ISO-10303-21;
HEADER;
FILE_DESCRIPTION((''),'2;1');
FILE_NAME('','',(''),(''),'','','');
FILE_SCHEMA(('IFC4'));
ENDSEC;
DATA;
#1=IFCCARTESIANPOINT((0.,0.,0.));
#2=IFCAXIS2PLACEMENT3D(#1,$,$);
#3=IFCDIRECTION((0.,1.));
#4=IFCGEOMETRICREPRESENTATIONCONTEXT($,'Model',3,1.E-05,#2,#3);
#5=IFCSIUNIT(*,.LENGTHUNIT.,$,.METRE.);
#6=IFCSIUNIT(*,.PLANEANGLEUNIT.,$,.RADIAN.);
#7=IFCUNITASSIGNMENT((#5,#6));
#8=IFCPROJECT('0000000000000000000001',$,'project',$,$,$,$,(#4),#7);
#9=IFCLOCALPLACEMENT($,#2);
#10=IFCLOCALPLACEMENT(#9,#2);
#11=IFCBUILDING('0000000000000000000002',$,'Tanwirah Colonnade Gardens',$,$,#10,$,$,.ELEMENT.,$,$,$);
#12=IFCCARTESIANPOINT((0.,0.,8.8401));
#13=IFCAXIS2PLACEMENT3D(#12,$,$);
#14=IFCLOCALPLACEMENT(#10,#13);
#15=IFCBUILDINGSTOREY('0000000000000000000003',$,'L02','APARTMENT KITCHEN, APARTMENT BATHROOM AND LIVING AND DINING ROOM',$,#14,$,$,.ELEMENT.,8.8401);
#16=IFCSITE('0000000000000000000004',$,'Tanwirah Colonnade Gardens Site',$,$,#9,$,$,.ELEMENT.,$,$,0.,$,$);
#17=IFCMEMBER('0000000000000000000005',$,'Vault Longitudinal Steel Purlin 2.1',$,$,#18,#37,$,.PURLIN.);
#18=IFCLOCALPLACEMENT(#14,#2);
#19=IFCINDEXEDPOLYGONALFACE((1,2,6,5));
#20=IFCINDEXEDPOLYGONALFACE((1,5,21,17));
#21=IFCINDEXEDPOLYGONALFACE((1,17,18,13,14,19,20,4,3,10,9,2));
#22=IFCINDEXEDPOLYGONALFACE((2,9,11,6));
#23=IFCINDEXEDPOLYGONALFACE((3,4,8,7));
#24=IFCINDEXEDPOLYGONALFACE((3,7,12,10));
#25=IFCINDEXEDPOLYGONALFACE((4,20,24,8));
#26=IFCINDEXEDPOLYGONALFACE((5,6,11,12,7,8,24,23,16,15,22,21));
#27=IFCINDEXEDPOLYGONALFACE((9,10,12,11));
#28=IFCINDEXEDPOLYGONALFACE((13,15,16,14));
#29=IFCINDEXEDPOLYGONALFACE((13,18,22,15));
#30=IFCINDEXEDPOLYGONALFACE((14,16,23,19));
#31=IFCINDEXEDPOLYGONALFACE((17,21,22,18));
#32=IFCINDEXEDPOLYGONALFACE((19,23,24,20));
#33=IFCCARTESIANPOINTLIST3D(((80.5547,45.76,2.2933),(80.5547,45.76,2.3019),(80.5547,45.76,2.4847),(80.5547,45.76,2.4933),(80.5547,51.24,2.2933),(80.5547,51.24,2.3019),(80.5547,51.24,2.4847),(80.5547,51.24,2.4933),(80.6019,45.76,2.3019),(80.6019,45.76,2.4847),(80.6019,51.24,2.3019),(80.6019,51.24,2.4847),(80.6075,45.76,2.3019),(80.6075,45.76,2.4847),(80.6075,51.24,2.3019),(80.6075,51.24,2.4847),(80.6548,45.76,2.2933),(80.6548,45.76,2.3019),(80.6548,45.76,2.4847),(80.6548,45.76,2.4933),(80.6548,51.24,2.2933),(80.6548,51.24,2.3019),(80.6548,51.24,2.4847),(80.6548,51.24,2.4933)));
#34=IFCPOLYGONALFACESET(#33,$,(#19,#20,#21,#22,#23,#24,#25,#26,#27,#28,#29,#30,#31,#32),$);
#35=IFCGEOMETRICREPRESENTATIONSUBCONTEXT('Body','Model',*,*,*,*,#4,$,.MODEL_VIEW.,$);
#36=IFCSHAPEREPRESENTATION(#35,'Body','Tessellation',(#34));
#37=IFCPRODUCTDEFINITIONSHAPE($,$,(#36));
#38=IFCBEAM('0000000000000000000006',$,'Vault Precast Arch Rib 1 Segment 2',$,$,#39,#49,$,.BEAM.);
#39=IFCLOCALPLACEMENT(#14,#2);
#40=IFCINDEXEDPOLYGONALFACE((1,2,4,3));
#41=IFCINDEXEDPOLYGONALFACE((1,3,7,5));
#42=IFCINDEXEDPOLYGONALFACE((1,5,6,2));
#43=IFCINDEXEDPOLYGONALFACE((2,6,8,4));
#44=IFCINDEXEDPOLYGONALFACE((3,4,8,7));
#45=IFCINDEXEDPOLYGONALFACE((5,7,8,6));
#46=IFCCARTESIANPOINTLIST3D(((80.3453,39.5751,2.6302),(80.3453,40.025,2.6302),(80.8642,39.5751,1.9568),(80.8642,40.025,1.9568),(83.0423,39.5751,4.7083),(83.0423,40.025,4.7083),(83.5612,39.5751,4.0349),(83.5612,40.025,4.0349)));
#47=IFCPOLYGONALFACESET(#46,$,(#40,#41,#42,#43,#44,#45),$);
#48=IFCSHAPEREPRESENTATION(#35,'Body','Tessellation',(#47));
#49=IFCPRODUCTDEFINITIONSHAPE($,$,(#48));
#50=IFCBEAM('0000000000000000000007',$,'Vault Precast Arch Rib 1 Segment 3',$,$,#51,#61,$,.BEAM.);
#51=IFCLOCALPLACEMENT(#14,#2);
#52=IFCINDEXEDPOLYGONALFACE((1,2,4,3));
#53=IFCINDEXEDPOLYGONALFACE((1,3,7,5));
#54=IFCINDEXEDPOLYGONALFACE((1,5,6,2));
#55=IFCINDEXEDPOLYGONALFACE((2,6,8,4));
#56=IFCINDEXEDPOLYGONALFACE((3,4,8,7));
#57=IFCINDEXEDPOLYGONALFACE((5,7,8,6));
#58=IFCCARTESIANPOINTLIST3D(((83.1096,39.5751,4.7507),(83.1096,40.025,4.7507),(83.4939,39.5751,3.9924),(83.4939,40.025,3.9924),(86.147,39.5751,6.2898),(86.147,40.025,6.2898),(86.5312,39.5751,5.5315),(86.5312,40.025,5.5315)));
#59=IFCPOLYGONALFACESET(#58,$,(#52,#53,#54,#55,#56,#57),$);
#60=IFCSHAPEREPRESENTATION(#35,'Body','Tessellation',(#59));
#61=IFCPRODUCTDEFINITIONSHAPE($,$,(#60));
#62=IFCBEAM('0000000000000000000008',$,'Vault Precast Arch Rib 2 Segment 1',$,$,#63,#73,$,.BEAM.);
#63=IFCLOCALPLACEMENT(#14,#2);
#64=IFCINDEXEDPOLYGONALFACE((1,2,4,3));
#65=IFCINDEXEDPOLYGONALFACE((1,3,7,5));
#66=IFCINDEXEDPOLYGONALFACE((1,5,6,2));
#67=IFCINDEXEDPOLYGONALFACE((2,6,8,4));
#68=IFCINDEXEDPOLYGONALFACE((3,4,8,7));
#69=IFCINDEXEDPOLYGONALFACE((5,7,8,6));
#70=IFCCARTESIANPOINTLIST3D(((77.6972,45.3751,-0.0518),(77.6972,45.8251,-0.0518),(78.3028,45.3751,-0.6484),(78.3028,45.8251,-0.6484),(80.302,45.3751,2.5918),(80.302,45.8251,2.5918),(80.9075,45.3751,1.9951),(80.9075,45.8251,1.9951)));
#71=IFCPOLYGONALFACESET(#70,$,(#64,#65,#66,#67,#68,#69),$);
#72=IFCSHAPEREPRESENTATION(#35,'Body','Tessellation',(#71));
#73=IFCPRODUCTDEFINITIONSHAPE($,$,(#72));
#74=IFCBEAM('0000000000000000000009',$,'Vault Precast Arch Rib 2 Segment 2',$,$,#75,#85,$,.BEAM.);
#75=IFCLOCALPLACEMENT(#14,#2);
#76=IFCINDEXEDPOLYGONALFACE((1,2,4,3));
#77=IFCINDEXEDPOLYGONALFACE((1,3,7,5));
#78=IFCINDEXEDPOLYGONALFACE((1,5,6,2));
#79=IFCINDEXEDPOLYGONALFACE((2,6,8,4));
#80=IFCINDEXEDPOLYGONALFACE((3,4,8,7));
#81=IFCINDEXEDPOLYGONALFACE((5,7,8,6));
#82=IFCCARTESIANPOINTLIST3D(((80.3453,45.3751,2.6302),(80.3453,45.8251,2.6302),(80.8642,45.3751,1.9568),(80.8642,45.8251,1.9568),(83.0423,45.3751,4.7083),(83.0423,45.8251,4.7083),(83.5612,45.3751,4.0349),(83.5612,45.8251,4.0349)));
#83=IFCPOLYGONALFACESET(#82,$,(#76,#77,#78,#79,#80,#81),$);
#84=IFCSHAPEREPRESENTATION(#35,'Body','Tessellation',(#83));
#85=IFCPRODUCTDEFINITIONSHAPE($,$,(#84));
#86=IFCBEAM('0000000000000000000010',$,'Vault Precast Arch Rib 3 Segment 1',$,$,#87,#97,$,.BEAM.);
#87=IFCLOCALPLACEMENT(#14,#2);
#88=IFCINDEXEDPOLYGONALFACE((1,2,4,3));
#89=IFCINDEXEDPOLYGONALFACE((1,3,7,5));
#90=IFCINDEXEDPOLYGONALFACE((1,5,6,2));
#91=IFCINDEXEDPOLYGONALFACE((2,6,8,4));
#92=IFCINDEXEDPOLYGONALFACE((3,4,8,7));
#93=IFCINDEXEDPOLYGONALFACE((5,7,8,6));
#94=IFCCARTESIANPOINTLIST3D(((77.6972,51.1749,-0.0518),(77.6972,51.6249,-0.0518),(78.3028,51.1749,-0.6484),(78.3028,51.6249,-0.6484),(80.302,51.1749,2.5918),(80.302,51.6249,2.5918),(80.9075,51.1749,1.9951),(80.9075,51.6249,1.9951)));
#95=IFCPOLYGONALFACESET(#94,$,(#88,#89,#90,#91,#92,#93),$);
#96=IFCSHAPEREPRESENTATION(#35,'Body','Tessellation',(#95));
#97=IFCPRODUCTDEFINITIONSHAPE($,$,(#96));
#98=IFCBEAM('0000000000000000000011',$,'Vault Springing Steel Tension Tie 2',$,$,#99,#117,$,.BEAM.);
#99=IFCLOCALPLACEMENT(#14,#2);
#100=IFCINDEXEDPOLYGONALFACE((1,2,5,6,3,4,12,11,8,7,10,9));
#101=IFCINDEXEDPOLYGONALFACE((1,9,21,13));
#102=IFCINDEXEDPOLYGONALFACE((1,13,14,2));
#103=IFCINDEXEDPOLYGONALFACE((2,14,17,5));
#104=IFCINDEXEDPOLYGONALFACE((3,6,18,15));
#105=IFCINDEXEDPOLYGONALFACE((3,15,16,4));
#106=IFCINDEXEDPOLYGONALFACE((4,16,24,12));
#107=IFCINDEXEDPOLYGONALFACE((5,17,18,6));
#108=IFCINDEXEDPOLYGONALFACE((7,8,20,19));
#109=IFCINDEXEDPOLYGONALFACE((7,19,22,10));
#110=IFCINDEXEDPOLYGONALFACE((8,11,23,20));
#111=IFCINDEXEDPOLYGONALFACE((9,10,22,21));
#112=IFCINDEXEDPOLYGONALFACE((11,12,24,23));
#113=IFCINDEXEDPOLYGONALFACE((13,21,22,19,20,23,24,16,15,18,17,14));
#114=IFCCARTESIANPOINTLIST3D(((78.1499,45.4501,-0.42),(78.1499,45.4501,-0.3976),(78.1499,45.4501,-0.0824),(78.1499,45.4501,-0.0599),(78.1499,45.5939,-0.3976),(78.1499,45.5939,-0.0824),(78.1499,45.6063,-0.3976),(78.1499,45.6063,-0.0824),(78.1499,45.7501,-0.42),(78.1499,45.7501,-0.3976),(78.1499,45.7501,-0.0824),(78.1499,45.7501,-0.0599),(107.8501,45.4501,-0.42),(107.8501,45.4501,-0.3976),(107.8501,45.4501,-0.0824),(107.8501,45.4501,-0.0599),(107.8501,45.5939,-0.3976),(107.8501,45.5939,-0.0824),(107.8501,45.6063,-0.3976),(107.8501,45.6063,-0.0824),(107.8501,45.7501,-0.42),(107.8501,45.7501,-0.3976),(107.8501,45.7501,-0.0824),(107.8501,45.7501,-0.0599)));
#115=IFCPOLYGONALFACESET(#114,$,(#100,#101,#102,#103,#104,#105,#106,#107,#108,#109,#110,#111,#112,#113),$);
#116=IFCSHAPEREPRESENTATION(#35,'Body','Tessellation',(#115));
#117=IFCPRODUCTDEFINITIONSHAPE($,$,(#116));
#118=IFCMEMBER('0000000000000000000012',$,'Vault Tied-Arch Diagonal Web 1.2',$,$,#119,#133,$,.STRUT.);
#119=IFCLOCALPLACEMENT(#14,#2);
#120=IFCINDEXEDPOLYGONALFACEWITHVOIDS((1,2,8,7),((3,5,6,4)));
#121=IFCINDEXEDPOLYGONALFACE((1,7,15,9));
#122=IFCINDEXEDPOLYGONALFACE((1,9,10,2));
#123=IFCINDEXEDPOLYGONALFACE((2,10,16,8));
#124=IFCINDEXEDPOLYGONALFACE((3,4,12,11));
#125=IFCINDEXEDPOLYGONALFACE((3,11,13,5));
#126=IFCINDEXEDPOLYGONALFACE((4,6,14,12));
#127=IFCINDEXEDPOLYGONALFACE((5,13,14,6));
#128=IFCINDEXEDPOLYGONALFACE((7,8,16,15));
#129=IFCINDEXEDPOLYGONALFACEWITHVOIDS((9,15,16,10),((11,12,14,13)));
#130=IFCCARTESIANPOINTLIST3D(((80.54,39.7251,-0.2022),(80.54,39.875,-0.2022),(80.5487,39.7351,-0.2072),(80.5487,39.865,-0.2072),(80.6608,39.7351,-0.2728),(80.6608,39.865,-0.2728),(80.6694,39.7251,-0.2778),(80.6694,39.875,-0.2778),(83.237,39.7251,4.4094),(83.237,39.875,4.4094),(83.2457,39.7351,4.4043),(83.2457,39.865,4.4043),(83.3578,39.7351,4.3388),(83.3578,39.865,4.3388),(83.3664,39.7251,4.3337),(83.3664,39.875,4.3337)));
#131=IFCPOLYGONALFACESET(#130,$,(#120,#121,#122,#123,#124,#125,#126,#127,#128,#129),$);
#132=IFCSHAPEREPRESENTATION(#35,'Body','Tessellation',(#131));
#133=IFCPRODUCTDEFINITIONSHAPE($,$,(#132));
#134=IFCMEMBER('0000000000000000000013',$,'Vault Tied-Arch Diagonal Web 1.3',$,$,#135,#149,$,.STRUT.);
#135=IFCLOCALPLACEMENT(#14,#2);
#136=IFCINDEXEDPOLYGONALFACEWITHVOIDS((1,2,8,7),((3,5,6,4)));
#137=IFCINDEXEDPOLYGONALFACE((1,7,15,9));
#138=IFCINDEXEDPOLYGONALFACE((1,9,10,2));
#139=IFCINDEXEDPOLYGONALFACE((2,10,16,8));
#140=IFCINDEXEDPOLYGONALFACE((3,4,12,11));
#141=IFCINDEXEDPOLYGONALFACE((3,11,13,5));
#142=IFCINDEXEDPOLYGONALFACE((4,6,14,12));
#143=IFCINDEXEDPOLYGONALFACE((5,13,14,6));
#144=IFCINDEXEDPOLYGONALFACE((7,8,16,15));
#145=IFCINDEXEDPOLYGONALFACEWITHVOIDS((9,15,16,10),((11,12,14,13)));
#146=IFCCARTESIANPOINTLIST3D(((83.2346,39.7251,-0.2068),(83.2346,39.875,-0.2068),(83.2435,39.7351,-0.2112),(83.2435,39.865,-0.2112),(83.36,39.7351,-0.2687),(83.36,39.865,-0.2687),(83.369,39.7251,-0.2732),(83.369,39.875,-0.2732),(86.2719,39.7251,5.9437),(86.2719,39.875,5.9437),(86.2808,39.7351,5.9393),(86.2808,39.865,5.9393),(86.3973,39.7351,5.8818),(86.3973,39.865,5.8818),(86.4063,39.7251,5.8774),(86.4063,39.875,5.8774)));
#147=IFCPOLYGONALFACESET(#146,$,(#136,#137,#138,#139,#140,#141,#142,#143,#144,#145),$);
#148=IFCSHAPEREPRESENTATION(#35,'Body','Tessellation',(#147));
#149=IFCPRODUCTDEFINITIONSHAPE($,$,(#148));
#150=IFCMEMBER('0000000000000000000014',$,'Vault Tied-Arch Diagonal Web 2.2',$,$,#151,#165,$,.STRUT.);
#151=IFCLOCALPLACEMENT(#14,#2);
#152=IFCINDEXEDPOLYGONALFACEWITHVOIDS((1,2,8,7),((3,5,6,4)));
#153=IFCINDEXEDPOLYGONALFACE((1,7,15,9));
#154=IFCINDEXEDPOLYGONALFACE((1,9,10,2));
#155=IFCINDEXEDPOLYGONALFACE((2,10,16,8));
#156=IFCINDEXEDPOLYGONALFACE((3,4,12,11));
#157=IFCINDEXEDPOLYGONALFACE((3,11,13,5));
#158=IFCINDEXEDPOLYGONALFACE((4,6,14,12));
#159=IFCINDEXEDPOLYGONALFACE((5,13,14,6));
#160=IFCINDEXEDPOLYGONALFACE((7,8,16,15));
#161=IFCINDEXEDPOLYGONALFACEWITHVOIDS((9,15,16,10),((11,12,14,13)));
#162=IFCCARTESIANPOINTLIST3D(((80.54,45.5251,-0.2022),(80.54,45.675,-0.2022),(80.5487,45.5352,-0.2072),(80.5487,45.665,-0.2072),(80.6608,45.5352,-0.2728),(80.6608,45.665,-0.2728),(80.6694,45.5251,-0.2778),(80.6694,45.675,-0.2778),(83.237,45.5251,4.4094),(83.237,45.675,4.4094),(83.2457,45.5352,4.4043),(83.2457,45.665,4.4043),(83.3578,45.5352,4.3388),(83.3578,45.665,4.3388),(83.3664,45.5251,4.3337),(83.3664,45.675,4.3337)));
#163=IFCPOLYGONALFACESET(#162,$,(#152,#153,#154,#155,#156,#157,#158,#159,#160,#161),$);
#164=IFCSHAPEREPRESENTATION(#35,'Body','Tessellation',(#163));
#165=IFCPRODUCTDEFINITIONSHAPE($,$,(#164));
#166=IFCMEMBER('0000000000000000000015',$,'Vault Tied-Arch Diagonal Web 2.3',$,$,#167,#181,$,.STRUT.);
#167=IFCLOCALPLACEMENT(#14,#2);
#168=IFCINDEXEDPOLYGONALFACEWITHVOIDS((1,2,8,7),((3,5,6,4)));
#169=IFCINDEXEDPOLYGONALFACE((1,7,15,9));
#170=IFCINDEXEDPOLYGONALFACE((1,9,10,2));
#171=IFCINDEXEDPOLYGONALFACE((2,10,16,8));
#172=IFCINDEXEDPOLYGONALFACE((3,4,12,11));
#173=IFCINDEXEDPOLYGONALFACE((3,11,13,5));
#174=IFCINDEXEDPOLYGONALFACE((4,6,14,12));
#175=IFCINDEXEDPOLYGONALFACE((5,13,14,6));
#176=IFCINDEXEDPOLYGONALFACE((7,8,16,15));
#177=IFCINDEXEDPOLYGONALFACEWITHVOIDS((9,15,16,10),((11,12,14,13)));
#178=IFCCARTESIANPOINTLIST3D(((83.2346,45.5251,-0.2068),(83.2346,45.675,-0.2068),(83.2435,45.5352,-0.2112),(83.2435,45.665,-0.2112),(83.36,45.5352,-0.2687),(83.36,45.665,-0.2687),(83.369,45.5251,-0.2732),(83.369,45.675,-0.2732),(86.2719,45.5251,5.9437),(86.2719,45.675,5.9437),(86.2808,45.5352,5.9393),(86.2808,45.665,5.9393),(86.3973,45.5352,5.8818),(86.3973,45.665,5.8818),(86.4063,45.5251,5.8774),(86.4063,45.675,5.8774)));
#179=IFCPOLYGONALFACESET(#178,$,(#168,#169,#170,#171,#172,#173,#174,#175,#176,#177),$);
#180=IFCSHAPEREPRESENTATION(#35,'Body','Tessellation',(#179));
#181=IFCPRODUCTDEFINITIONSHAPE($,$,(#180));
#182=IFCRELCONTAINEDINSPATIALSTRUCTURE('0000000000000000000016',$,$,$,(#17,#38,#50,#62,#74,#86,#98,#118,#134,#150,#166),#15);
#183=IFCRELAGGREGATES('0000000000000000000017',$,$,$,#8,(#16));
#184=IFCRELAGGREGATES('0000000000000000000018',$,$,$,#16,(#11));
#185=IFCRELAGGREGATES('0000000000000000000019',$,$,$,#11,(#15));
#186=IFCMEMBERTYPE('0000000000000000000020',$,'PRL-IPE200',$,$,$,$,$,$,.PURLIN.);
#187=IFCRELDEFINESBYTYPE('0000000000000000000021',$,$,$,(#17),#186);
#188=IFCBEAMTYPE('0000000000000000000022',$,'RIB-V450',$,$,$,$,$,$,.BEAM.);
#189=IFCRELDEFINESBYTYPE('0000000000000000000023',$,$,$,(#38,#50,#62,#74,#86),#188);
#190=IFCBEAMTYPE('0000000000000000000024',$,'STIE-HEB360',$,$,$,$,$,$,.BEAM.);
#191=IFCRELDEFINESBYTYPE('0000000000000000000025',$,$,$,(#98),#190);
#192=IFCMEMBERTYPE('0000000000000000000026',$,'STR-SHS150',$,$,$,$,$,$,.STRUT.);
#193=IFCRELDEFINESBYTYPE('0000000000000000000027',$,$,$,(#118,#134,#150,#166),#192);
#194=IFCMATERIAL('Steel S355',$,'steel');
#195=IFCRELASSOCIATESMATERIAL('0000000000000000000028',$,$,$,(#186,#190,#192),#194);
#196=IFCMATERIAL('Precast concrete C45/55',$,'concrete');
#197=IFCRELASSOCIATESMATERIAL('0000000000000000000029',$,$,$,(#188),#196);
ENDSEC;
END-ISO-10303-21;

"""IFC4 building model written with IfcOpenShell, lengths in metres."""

from ifc_helpers import new_model, si_unit, direction, frame, origin, origin_2d, place, context, subcontext, project, spatial, rectangle, hollow_rectangle, i_section, extrude, material, material_profile, profile_set, type_object, element, save


model = new_model("IFC4")

# Units and contexts
model_context = context("Model", 3, precision=1e-05, world=origin(), true_north=direction((0.0, 1.0)))
body_context = subcontext(model_context, "Body", "Model", "MODEL_VIEW")
ifc_project = project(units=[si_unit("LENGTHUNIT", "METRE"), si_unit("PLANEANGLEUNIT", "RADIAN")], contexts=[model_context])

# Site, building, storey
site_placement = place(None, origin())
site = spatial("IfcSite", under=ifc_project, at=site_placement, Name="Tanwirah Colonnade Gardens Site", CompositionType="ELEMENT", RefElevation=0.0)
building_placement = place(site_placement, origin())
building = spatial("IfcBuilding", under=site, at=building_placement, Name="Tanwirah Colonnade Gardens", CompositionType="ELEMENT")
storey_placement = place(building_placement, frame((0.0, 0.0, 8.8401)))
storey = spatial("IfcBuildingStorey", under=building, at=storey_placement, Name="L02", Description="APARTMENT KITCHEN, APARTMENT BATHROOM AND LIVING AND DINING ROOM", CompositionType="ELEMENT", Elevation=8.8401)

# Member
ifc_material_1 = material(Name="Steel S355", Category="steel")
ifc_material_profile_1 = material_profile(ifc_material_1, i_section(OverallWidth=0.1001, OverallDepth=0.2, WebThickness=0.0056, FlangeThickness=0.0085, at=origin_2d()), Name="IPE 200")
ifc_profile_set_1 = profile_set([ifc_material_profile_1], Name="Steel S355")
member_type_1 = type_object("IfcMemberType", Name="PRL-IPE200", PredefinedType="PURLIN", material=ifc_profile_set_1)
for number, where, z_axis, x_axis, name in (
    (1, (80.6047, 45.76, 2.3933), (0.0, 1.0, 0.0), (-1.0, 0.0, 0.0), "Vault Longitudinal Steel Purlin 2.1"),
):
    element("IfcMember", number, at=place(storey_placement, frame(where, z_axis=z_axis, x_axis=x_axis)), inside=storey, type_object=member_type_1, Name=name, PredefinedType="PURLIN", context=body_context, shape_type="SweptSolid", body=[
        extrude(i_section(OverallWidth=0.1001, OverallDepth=0.2, WebThickness=0.0056, FlangeThickness=0.0085, at=origin_2d()), origin(), (0.0, 0.0, 1.0), 5.48),
    ])

# Beams
ifc_material_2 = material(Name="Precast concrete C45/55", Category="concrete")
ifc_material_profile_2 = material_profile(ifc_material_2, rectangle(XDim=0.45, YDim=0.8501, at=origin_2d()), Name="PC-RIB 450x850")
ifc_profile_set_2 = profile_set([ifc_material_profile_2], Name="Precast concrete C45/55")
beam_type_1 = type_object("IfcBeamType", Name="RIB-V450", PredefinedType="BEAM", material=ifc_profile_set_2)
beam_1_placement = place(storey_placement, frame((80.6047, 39.8, 2.2935), z_axis=(0.792128, 0.0, 0.610355), x_axis=(0.0, 1.0, 0.0)))
element("IfcBeam", 2, at=beam_1_placement, inside=storey, type_object=beam_type_1, Name="Vault Precast Arch Rib 1 Segment 2", PredefinedType="BEAM", context=body_context, shape_type="SweptSolid", body=[
    extrude(rectangle(XDim=0.45, YDim=0.8501, at=origin_2d()), origin(), (0.0, 0.0, 1.0), 3.4048),
])
beam_2_placement = place(storey_placement, frame((83.3018, 39.8, 4.3716), z_axis=(0.89202, 0.0, 0.451997), x_axis=(0.0, 1.0, 0.0)))
element("IfcBeam", 3, at=beam_2_placement, inside=storey, type_object=beam_type_1, Name="Vault Precast Arch Rib 1 Segment 3", PredefinedType="BEAM", context=body_context, shape_type="SweptSolid", body=[
    extrude(rectangle(XDim=0.45, YDim=0.8501, at=origin_2d()), origin(), (0.0, 0.0, 1.0), 3.405),
])
beam_3_placement = place(storey_placement, frame((78.0, 45.6001, -0.3501), z_axis=(0.701858, 0.0, 0.712317), x_axis=(0.0, 1.0, 0.0)))
element("IfcBeam", 4, at=beam_3_placement, inside=storey, type_object=beam_type_1, Name="Vault Precast Arch Rib 2 Segment 1", PredefinedType="BEAM", context=body_context, shape_type="SweptSolid", body=[
    extrude(rectangle(XDim=0.45, YDim=0.8501, at=origin_2d()), origin(), (0.0, 0.0, 1.0), 3.7112),
])
beam_4_placement = place(storey_placement, frame((80.6047, 45.6001, 2.2935), z_axis=(0.792128, 0.0, 0.610355), x_axis=(0.0, 1.0, 0.0)))
element("IfcBeam", 5, at=beam_4_placement, inside=storey, type_object=beam_type_1, Name="Vault Precast Arch Rib 2 Segment 2", PredefinedType="BEAM", context=body_context, shape_type="SweptSolid", body=[
    extrude(rectangle(XDim=0.45, YDim=0.8501, at=origin_2d()), origin(), (0.0, 0.0, 1.0), 3.4048),
])
beam_5_placement = place(storey_placement, frame((78.0, 51.3999, -0.3501), z_axis=(0.701858, 0.0, 0.712317), x_axis=(0.0, 1.0, 0.0)))
element("IfcBeam", 6, at=beam_5_placement, inside=storey, type_object=beam_type_1, Name="Vault Precast Arch Rib 3 Segment 1", PredefinedType="BEAM", context=body_context, shape_type="SweptSolid", body=[
    extrude(rectangle(XDim=0.45, YDim=0.8501, at=origin_2d()), origin(), (0.0, 0.0, 1.0), 3.7112),
])
ifc_material_profile_3 = material_profile(ifc_material_1, i_section(OverallWidth=0.3, OverallDepth=0.3601, WebThickness=0.0125, FlangeThickness=0.0225, at=origin_2d()), Name="HEB 360")
ifc_profile_set_3 = profile_set([ifc_material_profile_3], Name="Steel S355")
beam_type_2 = type_object("IfcBeamType", Name="STIE-HEB360", PredefinedType="BEAM", material=ifc_profile_set_3)
beam_6_placement = place(storey_placement, frame((78.1499, 45.6001, -0.24), z_axis=(1.0, 0.0, 0.0), x_axis=(0.0, 1.0, 0.0)))
element("IfcBeam", 7, at=beam_6_placement, inside=storey, type_object=beam_type_2, Name="Vault Springing Steel Tension Tie 2", PredefinedType="BEAM", context=body_context, shape_type="SweptSolid", body=[
    extrude(i_section(OverallWidth=0.3, OverallDepth=0.3601, WebThickness=0.0125, FlangeThickness=0.0225, at=origin_2d()), origin(), (0.0, 0.0, 1.0), 29.7002),
])

# Members
ifc_material_profile_4 = material_profile(ifc_material_1, hollow_rectangle(XDim=0.1499, YDim=0.1499, WallThickness=0.01, at=origin_2d()), Name="SHS 150x150x10")
ifc_profile_set_4 = profile_set([ifc_material_profile_4], Name="Steel S355")
member_type_2 = type_object("IfcMemberType", Name="STR-SHS150", PredefinedType="STRUT", material=ifc_profile_set_4)
member_1_placement = place(storey_placement, frame((80.6047, 39.8, -0.24), z_axis=(0.50484, 0.0, 0.863213), x_axis=(0.0, 1.0, 0.0)))
element("IfcMember", 8, at=member_1_placement, inside=storey, type_object=member_type_2, Name="Vault Tied-Arch Diagonal Web 1.2", PredefinedType="STRUT", context=body_context, shape_type="SweptSolid", body=[
    extrude(hollow_rectangle(XDim=0.1499, YDim=0.1499, WallThickness=0.01, at=origin_2d()), origin(), (0.0, 0.0, 1.0), 5.3423),
])
member_2_placement = place(storey_placement, frame((83.3018, 39.8, -0.24), z_axis=(0.442781, 0.0, 0.89663), x_axis=(0.0, 1.0, 0.0)))
element("IfcMember", 9, at=member_2_placement, inside=storey, type_object=member_type_2, Name="Vault Tied-Arch Diagonal Web 1.3", PredefinedType="STRUT", context=body_context, shape_type="SweptSolid", body=[
    extrude(hollow_rectangle(XDim=0.1499, YDim=0.1499, WallThickness=0.01, at=origin_2d()), origin(), (0.0, 0.0, 1.0), 6.8596),
])
member_3_placement = place(storey_placement, frame((80.6047, 45.6001, -0.24), z_axis=(0.50484, 0.0, 0.863213), x_axis=(0.0, 1.0, 0.0)))
element("IfcMember", 10, at=member_3_placement, inside=storey, type_object=member_type_2, Name="Vault Tied-Arch Diagonal Web 2.2", PredefinedType="STRUT", context=body_context, shape_type="SweptSolid", body=[
    extrude(hollow_rectangle(XDim=0.1499, YDim=0.1499, WallThickness=0.01, at=origin_2d()), origin(), (0.0, 0.0, 1.0), 5.3423),
])
member_4_placement = place(storey_placement, frame((83.3018, 45.6001, -0.24), z_axis=(0.442781, 0.0, 0.89663), x_axis=(0.0, 1.0, 0.0)))
element("IfcMember", 11, at=member_4_placement, inside=storey, type_object=member_type_2, Name="Vault Tied-Arch Diagonal Web 2.3", PredefinedType="STRUT", context=body_context, shape_type="SweptSolid", body=[
    extrude(hollow_rectangle(XDim=0.1499, YDim=0.1499, WallThickness=0.01, at=origin_2d()), origin(), (0.0, 0.0, 1.0), 6.8596),
])

save(model, "model.ifc")
